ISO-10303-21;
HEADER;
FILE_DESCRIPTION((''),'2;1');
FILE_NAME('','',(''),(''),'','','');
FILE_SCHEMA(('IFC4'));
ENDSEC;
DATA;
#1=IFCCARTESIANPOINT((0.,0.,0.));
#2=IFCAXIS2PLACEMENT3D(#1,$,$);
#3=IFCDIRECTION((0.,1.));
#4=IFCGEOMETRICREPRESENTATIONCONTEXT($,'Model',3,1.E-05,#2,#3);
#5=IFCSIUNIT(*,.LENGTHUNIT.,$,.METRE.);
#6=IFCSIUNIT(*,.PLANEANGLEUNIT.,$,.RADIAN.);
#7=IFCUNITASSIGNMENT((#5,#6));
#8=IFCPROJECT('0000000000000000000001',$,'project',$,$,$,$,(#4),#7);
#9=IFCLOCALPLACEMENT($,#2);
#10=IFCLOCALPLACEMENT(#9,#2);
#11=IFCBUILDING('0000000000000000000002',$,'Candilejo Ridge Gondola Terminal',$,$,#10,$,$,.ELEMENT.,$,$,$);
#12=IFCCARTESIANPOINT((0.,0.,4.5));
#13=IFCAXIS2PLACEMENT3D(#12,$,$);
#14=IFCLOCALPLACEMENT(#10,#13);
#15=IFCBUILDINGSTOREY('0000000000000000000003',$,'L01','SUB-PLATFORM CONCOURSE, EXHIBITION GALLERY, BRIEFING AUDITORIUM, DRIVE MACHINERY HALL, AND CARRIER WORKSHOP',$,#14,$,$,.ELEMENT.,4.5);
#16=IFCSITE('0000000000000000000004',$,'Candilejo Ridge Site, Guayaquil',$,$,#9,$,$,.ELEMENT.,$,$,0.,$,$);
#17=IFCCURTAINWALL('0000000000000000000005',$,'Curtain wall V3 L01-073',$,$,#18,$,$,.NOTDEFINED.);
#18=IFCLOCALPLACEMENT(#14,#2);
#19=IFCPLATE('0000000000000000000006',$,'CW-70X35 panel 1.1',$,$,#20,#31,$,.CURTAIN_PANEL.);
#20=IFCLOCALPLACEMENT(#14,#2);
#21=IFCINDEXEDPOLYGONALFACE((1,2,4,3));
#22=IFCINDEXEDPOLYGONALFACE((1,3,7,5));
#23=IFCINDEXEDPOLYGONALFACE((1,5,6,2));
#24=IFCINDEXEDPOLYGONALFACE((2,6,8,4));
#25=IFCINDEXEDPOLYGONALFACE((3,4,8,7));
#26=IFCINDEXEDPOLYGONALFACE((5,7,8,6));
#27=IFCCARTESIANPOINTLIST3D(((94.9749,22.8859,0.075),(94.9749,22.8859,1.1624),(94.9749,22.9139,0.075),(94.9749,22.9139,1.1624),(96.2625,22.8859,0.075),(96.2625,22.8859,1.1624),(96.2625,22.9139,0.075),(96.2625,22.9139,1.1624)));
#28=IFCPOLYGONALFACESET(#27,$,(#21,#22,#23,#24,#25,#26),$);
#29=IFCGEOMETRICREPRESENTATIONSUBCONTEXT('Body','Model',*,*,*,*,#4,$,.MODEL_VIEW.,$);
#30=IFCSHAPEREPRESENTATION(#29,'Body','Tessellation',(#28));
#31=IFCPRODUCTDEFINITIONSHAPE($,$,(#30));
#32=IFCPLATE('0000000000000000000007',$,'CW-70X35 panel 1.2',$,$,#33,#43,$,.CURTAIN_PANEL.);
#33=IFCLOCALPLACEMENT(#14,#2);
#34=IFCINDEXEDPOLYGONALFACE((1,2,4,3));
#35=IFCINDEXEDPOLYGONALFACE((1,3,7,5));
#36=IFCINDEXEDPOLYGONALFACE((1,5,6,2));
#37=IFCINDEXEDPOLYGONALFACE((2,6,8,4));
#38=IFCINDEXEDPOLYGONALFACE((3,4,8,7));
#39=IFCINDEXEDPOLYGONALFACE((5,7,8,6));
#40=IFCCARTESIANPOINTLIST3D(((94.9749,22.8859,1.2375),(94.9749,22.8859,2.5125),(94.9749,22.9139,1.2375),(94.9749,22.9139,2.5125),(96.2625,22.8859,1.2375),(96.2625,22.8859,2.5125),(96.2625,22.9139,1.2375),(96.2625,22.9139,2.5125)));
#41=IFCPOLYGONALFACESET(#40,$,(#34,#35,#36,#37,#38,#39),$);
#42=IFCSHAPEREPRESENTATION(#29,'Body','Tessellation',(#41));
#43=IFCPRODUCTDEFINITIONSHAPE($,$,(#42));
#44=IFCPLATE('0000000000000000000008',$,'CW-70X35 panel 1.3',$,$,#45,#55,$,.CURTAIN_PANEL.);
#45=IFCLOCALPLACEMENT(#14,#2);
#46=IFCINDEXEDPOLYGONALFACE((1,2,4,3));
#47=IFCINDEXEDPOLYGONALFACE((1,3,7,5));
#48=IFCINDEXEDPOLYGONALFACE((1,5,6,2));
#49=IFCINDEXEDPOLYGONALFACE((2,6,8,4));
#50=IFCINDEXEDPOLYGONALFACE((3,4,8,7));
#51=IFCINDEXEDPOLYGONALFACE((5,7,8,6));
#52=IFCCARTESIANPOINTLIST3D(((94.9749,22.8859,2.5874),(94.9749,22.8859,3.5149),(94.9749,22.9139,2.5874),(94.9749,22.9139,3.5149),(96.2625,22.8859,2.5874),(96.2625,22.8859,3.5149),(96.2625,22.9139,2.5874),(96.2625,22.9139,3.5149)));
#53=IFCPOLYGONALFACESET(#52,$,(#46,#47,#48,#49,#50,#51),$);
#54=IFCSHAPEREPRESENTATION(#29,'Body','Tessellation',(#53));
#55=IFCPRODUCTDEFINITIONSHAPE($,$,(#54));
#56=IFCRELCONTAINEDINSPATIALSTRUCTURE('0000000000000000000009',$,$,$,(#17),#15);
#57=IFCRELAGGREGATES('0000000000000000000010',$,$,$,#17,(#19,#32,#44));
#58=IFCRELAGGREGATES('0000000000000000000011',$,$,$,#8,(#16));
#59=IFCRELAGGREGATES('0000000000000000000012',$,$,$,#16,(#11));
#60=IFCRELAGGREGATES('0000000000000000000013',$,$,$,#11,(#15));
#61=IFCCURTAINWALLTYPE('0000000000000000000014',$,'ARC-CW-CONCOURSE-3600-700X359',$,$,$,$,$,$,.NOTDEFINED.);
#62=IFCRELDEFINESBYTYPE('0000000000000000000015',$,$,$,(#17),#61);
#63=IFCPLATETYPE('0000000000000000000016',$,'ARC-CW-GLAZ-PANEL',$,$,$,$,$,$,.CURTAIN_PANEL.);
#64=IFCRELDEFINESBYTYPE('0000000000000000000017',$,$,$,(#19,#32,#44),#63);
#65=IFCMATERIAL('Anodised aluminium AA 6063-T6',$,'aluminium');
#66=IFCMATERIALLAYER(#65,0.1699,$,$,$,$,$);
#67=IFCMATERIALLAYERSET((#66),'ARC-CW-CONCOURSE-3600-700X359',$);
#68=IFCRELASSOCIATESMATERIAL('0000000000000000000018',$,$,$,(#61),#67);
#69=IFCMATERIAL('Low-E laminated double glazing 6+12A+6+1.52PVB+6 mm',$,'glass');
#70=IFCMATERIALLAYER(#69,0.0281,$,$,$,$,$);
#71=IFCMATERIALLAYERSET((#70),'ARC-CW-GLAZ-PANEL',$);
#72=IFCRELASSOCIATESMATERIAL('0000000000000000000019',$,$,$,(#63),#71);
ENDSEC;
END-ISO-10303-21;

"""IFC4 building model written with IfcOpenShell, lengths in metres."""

from ifc_helpers import new_model, si_unit, direction, frame, origin, origin_2d, place, context, subcontext, project, spatial, rectangle, extrude, material, layer, layer_set, type_object, element, aggregate, save


model = new_model("IFC4")

# Units and contexts
model_context = context("Model", 3, precision=1e-05, world=origin(), true_north=direction((0.0, 1.0)))
body_context = subcontext(model_context, "Body", "Model", "MODEL_VIEW")
ifc_project = project(units=[si_unit("LENGTHUNIT", "METRE"), si_unit("PLANEANGLEUNIT", "RADIAN")], contexts=[model_context])

# Site, building, storey
site_placement = place(None, origin())
site = spatial("IfcSite", under=ifc_project, at=site_placement, Name="Candilejo Ridge Site, Guayaquil", CompositionType="ELEMENT", RefElevation=0.0)
building_placement = place(site_placement, origin())
building = spatial("IfcBuilding", under=site, at=building_placement, Name="Candilejo Ridge Gondola Terminal", CompositionType="ELEMENT")
storey_placement = place(building_placement, frame((0.0, 0.0, 4.5)))
storey = spatial("IfcBuildingStorey", under=building, at=storey_placement, Name="L01", Description="SUB-PLATFORM CONCOURSE, EXHIBITION GALLERY, BRIEFING AUDITORIUM, DRIVE MACHINERY HALL, AND CARRIER WORKSHOP", CompositionType="ELEMENT", Elevation=4.5)

# Shared definitions
ifc_material_1 = material(Name="Anodised aluminium AA 6063-T6", Category="aluminium")
ifc_layer_1 = layer(ifc_material_1, 0.1699)
ifc_layer_set_1 = layer_set([ifc_layer_1], Name="ARC-CW-CONCOURSE-3600-700X359")
curtain_wall_type = type_object("IfcCurtainWallType", Name="ARC-CW-CONCOURSE-3600-700X359", PredefinedType="NOTDEFINED", material=ifc_layer_set_1)

# Curtain wall
curtain_wall_1_placement = place(storey_placement, origin())
curtain_wall_1 = element("IfcCurtainWall", 1, at=curtain_wall_1_placement, inside=storey, type_object=curtain_wall_type, Name="Curtain wall V3 L01-073", PredefinedType="NOTDEFINED")

# Plates
ifc_material_2 = material(Name="Low-E laminated double glazing 6+12A+6+1.52PVB+6 mm", Category="glass")
ifc_layer_2 = layer(ifc_material_2, 0.0281)
ifc_layer_set_2 = layer_set([ifc_layer_2], Name="ARC-CW-GLAZ-PANEL")
plate_type = type_object("IfcPlateType", Name="ARC-CW-GLAZ-PANEL", PredefinedType="CURTAIN_PANEL", material=ifc_layer_set_2)
plate_1_placement = place(storey_placement, frame((95.6187, 22.8999, 0.075), z_axis=(0.0, 0.0, 1.0), x_axis=(1.0, 0.0, 0.0)))
plate_1 = element("IfcPlate", 2, at=plate_1_placement, type_object=plate_type, Name="CW-70X35 panel 1.1", PredefinedType="CURTAIN_PANEL", context=body_context, shape_type="SweptSolid", body=[
    extrude(rectangle(XDim=1.2876, YDim=0.0281, at=origin_2d()), origin(), (0.0, 0.0, 1.0), 1.0874),
])
plate_2_placement = place(storey_placement, frame((95.6187, 22.8999, 1.2375), z_axis=(0.0, 0.0, 1.0), x_axis=(1.0, 0.0, 0.0)))
plate_2 = element("IfcPlate", 3, at=plate_2_placement, type_object=plate_type, Name="CW-70X35 panel 1.2", PredefinedType="CURTAIN_PANEL", context=body_context, shape_type="SweptSolid", body=[
    extrude(rectangle(XDim=1.2876, YDim=0.0281, at=origin_2d()), origin(), (0.0, 0.0, 1.0), 1.2749),
])
plate_3_placement = place(storey_placement, frame((95.6187, 22.8999, 2.5874), z_axis=(0.0, 0.0, 1.0), x_axis=(1.0, 0.0, 0.0)))
plate_3 = element("IfcPlate", 4, at=plate_3_placement, type_object=plate_type, Name="CW-70X35 panel 1.3", PredefinedType="CURTAIN_PANEL", context=body_context, shape_type="SweptSolid", body=[
    extrude(rectangle(XDim=1.2876, YDim=0.0281, at=origin_2d()), origin(), (0.0, 0.0, 1.0), 0.9275),
])
aggregate(curtain_wall_1, [plate_1, plate_2, plate_3])

save(model, "model.ifc")
